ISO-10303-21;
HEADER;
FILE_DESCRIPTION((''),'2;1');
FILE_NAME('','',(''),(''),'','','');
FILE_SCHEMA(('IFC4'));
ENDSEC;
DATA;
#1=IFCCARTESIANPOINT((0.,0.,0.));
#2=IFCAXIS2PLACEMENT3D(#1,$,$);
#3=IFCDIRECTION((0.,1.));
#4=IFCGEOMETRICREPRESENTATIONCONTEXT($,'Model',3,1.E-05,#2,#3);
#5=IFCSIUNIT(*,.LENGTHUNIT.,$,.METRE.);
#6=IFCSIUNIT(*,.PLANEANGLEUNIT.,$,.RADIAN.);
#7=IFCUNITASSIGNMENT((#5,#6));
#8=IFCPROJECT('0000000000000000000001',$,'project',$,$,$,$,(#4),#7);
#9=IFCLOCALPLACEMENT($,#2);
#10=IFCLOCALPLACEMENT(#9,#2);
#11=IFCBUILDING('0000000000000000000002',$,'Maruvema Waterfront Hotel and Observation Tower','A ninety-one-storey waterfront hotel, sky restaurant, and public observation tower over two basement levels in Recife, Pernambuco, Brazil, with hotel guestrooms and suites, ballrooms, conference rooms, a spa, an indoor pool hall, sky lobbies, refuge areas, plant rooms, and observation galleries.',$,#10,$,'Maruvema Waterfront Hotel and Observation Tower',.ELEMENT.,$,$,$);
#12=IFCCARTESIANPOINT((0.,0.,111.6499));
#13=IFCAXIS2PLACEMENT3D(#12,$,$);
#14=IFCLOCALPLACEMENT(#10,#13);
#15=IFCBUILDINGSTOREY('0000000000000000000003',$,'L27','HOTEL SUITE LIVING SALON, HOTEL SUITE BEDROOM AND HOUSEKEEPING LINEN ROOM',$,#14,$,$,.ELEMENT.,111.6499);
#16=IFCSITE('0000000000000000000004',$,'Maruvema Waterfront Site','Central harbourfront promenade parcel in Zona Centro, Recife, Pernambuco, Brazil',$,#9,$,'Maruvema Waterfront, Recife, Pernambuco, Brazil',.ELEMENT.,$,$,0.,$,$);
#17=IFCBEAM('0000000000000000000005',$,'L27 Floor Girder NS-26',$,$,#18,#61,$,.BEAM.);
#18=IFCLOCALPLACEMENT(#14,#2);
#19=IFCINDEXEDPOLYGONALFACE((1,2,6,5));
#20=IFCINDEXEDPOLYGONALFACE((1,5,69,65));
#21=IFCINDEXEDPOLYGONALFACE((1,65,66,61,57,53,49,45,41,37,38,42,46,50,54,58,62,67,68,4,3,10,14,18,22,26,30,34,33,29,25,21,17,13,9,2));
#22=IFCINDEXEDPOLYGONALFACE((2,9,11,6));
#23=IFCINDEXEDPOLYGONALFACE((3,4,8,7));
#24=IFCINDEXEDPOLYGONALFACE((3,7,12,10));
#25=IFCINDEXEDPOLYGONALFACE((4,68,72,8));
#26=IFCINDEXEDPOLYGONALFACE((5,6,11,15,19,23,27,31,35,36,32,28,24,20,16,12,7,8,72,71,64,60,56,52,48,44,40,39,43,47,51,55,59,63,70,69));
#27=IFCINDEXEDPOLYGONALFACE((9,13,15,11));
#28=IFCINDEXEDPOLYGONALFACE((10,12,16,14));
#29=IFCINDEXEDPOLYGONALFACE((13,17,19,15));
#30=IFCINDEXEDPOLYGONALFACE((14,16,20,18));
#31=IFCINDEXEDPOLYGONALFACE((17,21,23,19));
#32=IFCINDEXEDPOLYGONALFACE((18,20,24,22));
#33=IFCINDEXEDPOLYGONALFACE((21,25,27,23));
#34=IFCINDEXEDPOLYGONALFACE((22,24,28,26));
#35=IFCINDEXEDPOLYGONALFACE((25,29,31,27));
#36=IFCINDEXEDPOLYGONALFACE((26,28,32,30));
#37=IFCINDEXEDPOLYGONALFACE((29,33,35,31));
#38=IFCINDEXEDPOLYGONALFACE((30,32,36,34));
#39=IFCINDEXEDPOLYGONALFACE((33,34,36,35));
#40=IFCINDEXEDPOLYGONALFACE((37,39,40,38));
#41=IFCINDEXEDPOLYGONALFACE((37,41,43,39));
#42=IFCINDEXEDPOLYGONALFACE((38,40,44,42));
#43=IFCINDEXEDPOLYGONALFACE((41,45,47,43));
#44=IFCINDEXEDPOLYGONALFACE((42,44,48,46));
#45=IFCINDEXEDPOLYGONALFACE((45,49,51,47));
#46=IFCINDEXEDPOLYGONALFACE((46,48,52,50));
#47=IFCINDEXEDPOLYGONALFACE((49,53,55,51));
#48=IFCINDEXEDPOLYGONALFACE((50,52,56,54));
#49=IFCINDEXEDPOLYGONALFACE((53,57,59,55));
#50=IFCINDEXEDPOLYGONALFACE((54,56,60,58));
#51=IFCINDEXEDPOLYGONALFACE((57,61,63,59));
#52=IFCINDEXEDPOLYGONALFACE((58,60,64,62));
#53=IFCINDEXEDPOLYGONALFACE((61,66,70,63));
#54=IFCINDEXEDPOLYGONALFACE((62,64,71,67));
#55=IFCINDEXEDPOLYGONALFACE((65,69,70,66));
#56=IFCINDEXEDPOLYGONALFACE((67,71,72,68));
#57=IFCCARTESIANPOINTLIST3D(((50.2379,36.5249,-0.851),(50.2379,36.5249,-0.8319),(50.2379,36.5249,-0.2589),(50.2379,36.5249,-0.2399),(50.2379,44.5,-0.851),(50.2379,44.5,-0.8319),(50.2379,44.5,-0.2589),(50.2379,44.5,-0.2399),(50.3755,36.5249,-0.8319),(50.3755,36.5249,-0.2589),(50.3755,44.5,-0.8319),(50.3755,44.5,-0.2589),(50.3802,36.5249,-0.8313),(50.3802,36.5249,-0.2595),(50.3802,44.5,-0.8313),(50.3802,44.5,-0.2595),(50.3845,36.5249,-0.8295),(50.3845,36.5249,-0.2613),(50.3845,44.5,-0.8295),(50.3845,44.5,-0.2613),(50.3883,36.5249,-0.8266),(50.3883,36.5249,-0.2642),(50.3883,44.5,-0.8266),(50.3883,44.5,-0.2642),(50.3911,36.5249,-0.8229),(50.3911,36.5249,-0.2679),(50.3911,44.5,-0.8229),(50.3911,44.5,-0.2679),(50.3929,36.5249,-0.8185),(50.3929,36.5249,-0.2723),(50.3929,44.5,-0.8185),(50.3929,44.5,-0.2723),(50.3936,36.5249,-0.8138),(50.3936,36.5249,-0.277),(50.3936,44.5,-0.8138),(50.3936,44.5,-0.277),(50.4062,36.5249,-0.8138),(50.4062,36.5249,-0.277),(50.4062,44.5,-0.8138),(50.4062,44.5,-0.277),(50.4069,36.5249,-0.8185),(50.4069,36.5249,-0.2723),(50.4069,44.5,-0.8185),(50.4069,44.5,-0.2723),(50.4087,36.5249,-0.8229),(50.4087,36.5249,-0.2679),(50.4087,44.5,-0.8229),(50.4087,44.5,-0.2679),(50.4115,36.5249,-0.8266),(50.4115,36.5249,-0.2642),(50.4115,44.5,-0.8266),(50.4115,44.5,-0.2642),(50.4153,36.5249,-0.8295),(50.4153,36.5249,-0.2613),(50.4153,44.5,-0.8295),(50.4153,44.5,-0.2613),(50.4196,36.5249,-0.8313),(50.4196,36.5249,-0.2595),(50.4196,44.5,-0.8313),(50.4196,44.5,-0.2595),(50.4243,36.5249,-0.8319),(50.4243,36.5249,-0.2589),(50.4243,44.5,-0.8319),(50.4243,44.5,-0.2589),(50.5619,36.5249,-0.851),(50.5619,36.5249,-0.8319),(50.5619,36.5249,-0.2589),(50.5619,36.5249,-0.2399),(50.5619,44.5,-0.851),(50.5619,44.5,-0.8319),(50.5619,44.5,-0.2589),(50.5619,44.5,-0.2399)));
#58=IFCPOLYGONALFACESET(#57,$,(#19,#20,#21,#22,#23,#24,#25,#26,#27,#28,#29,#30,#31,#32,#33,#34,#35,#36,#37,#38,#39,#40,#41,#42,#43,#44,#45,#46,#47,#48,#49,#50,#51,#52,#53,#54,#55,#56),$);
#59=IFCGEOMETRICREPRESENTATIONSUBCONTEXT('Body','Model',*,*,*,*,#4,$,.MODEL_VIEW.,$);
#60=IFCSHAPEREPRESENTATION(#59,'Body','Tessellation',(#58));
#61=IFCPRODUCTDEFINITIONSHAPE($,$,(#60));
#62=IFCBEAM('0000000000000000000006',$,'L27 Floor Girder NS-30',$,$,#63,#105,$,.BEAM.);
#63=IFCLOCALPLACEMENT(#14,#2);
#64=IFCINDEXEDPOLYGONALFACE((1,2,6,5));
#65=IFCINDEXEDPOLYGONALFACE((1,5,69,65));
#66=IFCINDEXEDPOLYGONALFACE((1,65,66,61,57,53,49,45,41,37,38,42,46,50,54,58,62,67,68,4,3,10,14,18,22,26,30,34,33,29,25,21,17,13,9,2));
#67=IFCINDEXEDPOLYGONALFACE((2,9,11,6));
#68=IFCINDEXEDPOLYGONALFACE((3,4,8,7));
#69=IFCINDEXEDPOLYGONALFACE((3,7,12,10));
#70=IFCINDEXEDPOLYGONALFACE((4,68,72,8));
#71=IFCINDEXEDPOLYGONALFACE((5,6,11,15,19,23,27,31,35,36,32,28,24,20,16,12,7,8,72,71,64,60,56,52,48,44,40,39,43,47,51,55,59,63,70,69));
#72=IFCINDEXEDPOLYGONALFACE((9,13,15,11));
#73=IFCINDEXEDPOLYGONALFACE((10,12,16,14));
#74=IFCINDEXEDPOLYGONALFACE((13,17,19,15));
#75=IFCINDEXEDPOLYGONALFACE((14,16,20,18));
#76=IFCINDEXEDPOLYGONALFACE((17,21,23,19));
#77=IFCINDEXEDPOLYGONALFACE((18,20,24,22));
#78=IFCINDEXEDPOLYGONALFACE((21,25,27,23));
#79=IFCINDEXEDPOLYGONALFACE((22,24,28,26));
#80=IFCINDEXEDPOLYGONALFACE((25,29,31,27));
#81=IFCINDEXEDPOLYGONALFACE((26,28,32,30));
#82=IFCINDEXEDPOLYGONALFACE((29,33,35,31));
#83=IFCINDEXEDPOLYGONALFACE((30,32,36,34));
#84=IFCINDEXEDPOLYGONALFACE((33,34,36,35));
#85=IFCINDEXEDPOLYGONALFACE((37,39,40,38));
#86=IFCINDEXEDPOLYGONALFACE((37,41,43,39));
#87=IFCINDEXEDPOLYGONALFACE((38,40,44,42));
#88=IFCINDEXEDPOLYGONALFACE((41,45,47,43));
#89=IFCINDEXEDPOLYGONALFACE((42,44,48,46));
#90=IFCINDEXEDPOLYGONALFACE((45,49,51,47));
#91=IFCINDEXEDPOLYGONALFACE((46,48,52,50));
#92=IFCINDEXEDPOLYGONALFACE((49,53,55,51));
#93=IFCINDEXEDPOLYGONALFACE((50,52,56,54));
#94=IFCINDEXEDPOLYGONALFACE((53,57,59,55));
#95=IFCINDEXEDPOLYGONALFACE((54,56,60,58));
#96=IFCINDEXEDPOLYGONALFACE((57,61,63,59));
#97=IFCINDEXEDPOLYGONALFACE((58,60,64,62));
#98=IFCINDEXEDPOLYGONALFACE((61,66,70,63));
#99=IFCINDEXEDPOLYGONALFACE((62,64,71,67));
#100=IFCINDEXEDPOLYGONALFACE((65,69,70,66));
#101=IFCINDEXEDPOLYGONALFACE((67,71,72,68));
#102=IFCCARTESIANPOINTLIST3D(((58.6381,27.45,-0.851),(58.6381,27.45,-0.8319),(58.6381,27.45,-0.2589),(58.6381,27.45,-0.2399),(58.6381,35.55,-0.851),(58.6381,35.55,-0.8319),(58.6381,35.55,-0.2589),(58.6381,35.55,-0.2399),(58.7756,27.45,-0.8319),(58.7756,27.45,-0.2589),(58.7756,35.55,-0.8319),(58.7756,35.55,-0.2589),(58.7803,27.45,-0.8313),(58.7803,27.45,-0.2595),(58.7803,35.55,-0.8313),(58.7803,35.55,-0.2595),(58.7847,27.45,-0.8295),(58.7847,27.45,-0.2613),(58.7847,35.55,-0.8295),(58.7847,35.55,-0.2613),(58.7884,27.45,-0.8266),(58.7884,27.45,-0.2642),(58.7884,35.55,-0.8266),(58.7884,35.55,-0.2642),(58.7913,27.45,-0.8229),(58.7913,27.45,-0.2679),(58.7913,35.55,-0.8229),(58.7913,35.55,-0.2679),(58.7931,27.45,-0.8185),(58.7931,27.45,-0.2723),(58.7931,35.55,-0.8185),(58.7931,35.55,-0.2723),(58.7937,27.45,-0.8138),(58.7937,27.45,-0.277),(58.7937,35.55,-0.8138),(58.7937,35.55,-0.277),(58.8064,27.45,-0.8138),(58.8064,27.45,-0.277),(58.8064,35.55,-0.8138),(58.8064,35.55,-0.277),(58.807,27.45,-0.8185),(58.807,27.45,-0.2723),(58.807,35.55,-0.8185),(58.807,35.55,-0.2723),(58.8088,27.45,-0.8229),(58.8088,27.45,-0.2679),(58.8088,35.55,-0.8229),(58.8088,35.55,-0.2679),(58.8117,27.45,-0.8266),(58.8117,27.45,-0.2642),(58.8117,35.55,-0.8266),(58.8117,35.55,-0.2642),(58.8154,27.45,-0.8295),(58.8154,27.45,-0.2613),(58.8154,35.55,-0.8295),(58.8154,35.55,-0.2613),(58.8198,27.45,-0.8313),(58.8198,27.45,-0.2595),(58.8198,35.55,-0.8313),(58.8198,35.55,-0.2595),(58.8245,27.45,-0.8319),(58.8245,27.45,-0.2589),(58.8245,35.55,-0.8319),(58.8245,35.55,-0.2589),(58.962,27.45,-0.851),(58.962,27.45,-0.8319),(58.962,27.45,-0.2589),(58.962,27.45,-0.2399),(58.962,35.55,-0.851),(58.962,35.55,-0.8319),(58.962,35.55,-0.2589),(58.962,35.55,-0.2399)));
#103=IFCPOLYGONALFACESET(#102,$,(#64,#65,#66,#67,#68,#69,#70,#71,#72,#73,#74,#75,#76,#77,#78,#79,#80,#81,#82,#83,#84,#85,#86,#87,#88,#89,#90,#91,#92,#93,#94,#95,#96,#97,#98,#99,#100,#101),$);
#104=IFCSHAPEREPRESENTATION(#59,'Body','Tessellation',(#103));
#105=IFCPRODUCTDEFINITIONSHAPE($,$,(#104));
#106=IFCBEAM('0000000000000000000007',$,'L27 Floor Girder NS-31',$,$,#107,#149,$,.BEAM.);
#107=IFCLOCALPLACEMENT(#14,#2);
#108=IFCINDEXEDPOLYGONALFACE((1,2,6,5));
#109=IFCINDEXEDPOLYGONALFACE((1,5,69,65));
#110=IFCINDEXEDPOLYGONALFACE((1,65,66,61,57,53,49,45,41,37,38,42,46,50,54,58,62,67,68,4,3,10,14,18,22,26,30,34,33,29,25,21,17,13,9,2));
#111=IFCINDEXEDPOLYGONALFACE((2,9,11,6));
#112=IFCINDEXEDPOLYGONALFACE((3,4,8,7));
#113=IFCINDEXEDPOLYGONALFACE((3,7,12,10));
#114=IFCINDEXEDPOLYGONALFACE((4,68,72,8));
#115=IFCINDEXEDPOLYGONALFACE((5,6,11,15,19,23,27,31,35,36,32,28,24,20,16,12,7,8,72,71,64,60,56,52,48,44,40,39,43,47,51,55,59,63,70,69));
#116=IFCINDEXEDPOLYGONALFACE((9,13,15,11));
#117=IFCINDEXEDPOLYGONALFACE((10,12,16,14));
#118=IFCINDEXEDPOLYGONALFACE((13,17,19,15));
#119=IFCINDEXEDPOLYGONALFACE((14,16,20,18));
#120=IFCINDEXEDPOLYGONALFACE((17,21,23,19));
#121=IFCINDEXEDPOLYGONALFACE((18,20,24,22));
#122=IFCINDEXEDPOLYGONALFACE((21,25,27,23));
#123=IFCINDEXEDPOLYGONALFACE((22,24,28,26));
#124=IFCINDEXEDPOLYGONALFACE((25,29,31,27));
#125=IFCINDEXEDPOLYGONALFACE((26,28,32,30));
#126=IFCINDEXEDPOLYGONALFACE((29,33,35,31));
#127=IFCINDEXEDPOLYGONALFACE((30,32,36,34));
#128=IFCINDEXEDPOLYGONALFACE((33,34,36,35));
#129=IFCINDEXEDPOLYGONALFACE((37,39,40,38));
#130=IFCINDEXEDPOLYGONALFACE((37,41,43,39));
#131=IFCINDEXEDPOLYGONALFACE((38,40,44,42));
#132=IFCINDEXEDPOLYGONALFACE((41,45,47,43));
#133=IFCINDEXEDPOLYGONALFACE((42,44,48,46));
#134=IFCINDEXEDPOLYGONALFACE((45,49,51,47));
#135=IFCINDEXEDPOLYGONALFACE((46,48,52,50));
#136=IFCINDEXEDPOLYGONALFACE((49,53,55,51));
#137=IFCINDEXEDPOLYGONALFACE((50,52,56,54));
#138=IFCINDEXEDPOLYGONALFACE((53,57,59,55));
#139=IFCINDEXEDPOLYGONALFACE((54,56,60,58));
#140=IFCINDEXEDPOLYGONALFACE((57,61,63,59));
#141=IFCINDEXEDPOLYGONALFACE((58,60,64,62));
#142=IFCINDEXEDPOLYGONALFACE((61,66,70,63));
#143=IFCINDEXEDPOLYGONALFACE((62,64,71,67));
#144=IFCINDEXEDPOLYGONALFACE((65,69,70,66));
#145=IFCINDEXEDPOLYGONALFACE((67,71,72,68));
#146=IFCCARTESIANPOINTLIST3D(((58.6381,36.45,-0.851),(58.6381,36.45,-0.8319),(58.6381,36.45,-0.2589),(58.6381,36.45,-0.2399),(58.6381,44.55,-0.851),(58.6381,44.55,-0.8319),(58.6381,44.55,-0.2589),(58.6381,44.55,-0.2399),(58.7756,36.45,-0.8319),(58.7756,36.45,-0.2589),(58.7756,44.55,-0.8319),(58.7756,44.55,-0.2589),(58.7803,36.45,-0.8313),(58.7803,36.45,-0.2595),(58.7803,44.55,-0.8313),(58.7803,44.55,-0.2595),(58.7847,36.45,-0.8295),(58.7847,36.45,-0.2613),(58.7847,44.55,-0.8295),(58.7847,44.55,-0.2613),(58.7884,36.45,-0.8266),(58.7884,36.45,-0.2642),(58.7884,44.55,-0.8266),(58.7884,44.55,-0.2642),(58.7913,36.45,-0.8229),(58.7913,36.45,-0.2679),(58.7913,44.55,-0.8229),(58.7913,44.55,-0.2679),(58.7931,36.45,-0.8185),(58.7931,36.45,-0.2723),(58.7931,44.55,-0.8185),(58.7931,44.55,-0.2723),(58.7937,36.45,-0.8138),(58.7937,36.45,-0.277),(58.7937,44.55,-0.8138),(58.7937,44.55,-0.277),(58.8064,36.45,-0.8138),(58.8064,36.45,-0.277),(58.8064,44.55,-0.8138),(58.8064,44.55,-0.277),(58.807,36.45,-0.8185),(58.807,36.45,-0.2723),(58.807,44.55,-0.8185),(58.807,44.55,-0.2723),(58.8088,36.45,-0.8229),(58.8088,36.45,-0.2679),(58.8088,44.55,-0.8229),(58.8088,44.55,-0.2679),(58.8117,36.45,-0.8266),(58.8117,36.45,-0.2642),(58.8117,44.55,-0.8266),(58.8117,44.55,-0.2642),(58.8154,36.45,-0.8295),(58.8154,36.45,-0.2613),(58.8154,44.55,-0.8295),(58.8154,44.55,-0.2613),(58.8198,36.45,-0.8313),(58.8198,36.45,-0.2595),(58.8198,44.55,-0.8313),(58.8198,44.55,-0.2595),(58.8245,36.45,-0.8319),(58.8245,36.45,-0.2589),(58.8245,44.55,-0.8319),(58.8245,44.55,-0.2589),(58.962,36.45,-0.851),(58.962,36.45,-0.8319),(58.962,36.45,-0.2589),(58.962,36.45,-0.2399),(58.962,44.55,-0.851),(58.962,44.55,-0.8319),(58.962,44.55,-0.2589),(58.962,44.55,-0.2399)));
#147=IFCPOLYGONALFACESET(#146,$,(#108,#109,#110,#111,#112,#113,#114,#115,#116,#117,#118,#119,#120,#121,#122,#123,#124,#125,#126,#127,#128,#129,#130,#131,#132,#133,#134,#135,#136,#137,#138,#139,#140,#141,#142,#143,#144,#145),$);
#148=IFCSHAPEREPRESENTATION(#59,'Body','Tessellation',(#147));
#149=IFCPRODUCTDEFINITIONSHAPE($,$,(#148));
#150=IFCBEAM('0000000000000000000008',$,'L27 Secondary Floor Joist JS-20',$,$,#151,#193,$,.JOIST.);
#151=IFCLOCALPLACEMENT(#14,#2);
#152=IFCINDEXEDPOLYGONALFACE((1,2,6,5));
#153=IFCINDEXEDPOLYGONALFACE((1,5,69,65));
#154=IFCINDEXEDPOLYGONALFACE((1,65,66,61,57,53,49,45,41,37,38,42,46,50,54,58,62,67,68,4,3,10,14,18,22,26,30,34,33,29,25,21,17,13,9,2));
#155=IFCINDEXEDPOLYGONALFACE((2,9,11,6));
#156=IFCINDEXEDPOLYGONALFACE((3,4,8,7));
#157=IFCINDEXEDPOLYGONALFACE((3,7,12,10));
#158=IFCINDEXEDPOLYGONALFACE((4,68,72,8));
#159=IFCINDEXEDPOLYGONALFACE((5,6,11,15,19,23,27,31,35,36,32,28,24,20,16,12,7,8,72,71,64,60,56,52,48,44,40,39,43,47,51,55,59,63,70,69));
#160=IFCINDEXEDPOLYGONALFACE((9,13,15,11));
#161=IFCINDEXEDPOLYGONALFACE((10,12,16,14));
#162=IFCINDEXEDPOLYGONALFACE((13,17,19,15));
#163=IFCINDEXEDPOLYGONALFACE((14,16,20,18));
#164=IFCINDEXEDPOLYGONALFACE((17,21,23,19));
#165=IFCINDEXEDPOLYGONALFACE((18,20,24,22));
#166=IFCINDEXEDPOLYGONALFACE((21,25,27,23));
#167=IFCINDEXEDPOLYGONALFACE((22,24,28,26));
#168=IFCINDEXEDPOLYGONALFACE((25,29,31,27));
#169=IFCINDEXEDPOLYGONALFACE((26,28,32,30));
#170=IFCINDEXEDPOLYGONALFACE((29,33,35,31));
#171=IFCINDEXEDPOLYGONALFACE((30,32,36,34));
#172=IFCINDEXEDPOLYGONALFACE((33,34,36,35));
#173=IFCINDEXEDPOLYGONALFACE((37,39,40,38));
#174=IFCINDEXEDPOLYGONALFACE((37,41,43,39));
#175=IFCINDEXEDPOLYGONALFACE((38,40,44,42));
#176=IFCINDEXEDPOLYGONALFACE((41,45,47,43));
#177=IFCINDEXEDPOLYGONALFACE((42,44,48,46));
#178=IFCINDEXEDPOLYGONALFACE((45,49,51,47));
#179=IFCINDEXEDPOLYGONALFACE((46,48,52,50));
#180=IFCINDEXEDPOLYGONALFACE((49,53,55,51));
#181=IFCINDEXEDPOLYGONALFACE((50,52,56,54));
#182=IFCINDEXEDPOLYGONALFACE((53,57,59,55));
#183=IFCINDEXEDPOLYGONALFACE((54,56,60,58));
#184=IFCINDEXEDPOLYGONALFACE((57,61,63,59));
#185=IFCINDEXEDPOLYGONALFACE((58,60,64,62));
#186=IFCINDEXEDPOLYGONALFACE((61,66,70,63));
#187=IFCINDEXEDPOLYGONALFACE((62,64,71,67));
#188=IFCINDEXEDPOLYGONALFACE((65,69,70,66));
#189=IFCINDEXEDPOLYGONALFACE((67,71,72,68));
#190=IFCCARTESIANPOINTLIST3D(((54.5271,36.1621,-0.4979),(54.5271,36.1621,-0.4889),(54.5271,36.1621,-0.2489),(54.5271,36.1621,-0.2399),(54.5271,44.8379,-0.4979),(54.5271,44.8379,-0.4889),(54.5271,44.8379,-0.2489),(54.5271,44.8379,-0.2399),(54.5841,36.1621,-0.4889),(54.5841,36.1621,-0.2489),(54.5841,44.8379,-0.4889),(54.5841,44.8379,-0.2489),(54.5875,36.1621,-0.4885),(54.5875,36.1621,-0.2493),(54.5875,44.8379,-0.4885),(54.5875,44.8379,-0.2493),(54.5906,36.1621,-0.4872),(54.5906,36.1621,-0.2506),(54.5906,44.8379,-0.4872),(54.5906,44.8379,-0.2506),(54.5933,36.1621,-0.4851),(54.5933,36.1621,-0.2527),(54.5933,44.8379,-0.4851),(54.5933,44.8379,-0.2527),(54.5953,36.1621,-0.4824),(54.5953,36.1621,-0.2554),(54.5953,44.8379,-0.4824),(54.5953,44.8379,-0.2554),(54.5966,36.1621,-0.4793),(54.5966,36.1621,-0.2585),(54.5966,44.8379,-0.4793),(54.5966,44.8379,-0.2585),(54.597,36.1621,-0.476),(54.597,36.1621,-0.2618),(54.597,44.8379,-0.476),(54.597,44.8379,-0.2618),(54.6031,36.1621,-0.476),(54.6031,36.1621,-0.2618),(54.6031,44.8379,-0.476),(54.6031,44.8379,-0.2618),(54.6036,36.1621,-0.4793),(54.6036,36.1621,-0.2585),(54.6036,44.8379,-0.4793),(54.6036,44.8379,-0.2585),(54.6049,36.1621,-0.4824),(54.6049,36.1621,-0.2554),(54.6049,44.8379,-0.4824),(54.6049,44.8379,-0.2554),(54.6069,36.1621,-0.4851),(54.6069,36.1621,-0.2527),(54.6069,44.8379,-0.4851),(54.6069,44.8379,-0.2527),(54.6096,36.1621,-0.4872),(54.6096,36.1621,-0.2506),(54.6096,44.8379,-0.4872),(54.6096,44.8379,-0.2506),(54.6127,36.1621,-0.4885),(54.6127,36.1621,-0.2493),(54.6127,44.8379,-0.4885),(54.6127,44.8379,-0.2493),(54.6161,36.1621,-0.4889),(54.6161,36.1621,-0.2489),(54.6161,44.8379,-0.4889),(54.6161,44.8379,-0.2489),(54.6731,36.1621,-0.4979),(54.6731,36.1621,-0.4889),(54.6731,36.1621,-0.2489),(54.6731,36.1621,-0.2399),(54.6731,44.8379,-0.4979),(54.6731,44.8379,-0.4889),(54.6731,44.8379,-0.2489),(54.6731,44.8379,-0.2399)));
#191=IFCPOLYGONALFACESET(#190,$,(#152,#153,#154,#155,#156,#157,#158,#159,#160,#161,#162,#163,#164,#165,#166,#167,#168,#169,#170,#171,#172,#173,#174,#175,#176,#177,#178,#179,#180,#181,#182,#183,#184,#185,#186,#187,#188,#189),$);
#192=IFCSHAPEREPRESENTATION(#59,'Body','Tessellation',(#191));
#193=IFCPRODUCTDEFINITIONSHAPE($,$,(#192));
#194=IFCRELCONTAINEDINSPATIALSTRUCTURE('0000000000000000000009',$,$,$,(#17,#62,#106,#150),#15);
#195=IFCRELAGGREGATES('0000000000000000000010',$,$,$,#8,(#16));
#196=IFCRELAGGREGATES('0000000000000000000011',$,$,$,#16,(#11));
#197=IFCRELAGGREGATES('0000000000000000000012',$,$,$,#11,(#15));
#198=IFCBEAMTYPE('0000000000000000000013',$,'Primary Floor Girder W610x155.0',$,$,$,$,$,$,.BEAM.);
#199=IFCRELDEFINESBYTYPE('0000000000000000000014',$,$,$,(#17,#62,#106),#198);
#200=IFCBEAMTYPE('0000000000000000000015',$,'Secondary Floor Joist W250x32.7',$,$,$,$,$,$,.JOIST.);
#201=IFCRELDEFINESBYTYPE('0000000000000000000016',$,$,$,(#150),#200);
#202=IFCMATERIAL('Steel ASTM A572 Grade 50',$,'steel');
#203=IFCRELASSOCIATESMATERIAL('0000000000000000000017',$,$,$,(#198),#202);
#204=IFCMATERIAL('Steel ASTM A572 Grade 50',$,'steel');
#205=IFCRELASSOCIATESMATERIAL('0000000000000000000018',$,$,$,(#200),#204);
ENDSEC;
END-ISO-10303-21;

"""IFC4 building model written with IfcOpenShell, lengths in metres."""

from ifc_helpers import new_model, si_unit, direction, frame, origin, origin_2d, place, context, subcontext, project, spatial, i_section, extrude, material, material_profile, profile_set, type_object, element, save


model = new_model("IFC4")

# Units and contexts
model_context = context("Model", 3, precision=1e-05, world=origin(), true_north=direction((0.0, 1.0)))
body_context = subcontext(model_context, "Body", "Model", "MODEL_VIEW")
ifc_project = project(units=[si_unit("LENGTHUNIT", "METRE"), si_unit("PLANEANGLEUNIT", "RADIAN")], contexts=[model_context])

# Site, building, storey
site_placement = place(None, origin())
site = spatial("IfcSite", under=ifc_project, at=site_placement, Name="Maruvema Waterfront Site", Description="Central harbourfront promenade parcel in Zona Centro, Recife, Pernambuco, Brazil", LongName="Maruvema Waterfront, Recife, Pernambuco, Brazil", CompositionType="ELEMENT", RefElevation=0.0)
building_placement = place(site_placement, origin())
building = spatial("IfcBuilding", under=site, at=building_placement, Name="Maruvema Waterfront Hotel and Observation Tower", Description="A ninety-one-storey waterfront hotel, sky restaurant, and public observation tower over two basement levels in Recife, Pernambuco, Brazil, with hotel guestrooms and suites, ballrooms, conference rooms, a spa, an indoor pool hall, sky lobbies, refuge areas, plant rooms, and observation galleries.", LongName="Maruvema Waterfront Hotel and Observation Tower", CompositionType="ELEMENT")
storey_placement = place(building_placement, frame((0.0, 0.0, 111.6499)))
storey = spatial("IfcBuildingStorey", under=building, at=storey_placement, Name="L27", Description="HOTEL SUITE LIVING SALON, HOTEL SUITE BEDROOM AND HOUSEKEEPING LINEN ROOM", CompositionType="ELEMENT", Elevation=111.6499)

# Beams
ifc_material_1 = material(Name="Steel ASTM A572 Grade 50", Category="steel")
ifc_material_profile_1 = material_profile(ifc_material_1, i_section(OverallWidth=0.324, OverallDepth=0.6111, WebThickness=0.0127, FlangeThickness=0.019, FilletRadius=0.0181, at=origin_2d()), Name="W610x155.0")
ifc_profile_set_1 = profile_set([ifc_material_profile_1], Name="Steel ASTM A572 Grade 50")
beam_type_1 = type_object("IfcBeamType", Name="Primary Floor Girder W610x155.0", PredefinedType="BEAM", material=ifc_profile_set_1)
for number, where, z_axis, x_axis, name in (
    (1, (50.3999, 36.5249, -0.5454), (0.0, 1.0, 0.0), (-1.0, 0.0, 0.0), "L27 Floor Girder NS-26"),
):
    element("IfcBeam", number, at=place(storey_placement, frame(where, z_axis=z_axis, x_axis=x_axis)), inside=storey, type_object=beam_type_1, Name=name, PredefinedType="BEAM", context=body_context, shape_type="SweptSolid", body=[
        extrude(i_section(OverallWidth=0.324, OverallDepth=0.6111, WebThickness=0.0127, FlangeThickness=0.019, FilletRadius=0.0181, at=origin_2d()), origin(), (0.0, 0.0, 1.0), 7.9751),
    ])
for number, where, z_axis, x_axis, name in (
    (2, (58.8, 27.45, -0.5454), (0.0, 1.0, 0.0), (-1.0, 0.0, 0.0), "L27 Floor Girder NS-30"),
    (3, (58.8, 36.45, -0.5454), (0.0, 1.0, 0.0), (-1.0, 0.0, 0.0), "L27 Floor Girder NS-31"),
):
    element("IfcBeam", number, at=place(storey_placement, frame(where, z_axis=z_axis, x_axis=x_axis)), inside=storey, type_object=beam_type_1, Name=name, PredefinedType="BEAM", context=body_context, shape_type="SweptSolid", body=[
        extrude(i_section(OverallWidth=0.324, OverallDepth=0.6111, WebThickness=0.0127, FlangeThickness=0.019, FilletRadius=0.0181, at=origin_2d()), origin(), (0.0, 0.0, 1.0), 8.1001),
    ])
ifc_material_2 = material(Name="Steel ASTM A572 Grade 50", Category="steel")
ifc_material_profile_2 = material_profile(ifc_material_2, i_section(OverallWidth=0.146, OverallDepth=0.2581, WebThickness=0.0061, FlangeThickness=0.009, FilletRadius=0.0129, at=origin_2d()), Name="W250x32.7")
ifc_profile_set_2 = profile_set([ifc_material_profile_2], Name="Steel ASTM A572 Grade 50")
beam_type_2 = type_object("IfcBeamType", Name="Secondary Floor Joist W250x32.7", PredefinedType="JOIST", material=ifc_profile_set_2)
beam_1_placement = place(storey_placement, frame((54.6001, 36.1621, -0.3689), z_axis=(0.0, 1.0, 0.0), x_axis=(-1.0, 0.0, 0.0)))
element("IfcBeam", 4, at=beam_1_placement, inside=storey, type_object=beam_type_2, Name="L27 Secondary Floor Joist JS-20", PredefinedType="JOIST", context=body_context, shape_type="SweptSolid", body=[
    extrude(i_section(OverallWidth=0.146, OverallDepth=0.2581, WebThickness=0.0061, FlangeThickness=0.009, FilletRadius=0.0129, at=origin_2d()), origin(), (0.0, 0.0, 1.0), 8.6758),
])

save(model, "model.ifc")
